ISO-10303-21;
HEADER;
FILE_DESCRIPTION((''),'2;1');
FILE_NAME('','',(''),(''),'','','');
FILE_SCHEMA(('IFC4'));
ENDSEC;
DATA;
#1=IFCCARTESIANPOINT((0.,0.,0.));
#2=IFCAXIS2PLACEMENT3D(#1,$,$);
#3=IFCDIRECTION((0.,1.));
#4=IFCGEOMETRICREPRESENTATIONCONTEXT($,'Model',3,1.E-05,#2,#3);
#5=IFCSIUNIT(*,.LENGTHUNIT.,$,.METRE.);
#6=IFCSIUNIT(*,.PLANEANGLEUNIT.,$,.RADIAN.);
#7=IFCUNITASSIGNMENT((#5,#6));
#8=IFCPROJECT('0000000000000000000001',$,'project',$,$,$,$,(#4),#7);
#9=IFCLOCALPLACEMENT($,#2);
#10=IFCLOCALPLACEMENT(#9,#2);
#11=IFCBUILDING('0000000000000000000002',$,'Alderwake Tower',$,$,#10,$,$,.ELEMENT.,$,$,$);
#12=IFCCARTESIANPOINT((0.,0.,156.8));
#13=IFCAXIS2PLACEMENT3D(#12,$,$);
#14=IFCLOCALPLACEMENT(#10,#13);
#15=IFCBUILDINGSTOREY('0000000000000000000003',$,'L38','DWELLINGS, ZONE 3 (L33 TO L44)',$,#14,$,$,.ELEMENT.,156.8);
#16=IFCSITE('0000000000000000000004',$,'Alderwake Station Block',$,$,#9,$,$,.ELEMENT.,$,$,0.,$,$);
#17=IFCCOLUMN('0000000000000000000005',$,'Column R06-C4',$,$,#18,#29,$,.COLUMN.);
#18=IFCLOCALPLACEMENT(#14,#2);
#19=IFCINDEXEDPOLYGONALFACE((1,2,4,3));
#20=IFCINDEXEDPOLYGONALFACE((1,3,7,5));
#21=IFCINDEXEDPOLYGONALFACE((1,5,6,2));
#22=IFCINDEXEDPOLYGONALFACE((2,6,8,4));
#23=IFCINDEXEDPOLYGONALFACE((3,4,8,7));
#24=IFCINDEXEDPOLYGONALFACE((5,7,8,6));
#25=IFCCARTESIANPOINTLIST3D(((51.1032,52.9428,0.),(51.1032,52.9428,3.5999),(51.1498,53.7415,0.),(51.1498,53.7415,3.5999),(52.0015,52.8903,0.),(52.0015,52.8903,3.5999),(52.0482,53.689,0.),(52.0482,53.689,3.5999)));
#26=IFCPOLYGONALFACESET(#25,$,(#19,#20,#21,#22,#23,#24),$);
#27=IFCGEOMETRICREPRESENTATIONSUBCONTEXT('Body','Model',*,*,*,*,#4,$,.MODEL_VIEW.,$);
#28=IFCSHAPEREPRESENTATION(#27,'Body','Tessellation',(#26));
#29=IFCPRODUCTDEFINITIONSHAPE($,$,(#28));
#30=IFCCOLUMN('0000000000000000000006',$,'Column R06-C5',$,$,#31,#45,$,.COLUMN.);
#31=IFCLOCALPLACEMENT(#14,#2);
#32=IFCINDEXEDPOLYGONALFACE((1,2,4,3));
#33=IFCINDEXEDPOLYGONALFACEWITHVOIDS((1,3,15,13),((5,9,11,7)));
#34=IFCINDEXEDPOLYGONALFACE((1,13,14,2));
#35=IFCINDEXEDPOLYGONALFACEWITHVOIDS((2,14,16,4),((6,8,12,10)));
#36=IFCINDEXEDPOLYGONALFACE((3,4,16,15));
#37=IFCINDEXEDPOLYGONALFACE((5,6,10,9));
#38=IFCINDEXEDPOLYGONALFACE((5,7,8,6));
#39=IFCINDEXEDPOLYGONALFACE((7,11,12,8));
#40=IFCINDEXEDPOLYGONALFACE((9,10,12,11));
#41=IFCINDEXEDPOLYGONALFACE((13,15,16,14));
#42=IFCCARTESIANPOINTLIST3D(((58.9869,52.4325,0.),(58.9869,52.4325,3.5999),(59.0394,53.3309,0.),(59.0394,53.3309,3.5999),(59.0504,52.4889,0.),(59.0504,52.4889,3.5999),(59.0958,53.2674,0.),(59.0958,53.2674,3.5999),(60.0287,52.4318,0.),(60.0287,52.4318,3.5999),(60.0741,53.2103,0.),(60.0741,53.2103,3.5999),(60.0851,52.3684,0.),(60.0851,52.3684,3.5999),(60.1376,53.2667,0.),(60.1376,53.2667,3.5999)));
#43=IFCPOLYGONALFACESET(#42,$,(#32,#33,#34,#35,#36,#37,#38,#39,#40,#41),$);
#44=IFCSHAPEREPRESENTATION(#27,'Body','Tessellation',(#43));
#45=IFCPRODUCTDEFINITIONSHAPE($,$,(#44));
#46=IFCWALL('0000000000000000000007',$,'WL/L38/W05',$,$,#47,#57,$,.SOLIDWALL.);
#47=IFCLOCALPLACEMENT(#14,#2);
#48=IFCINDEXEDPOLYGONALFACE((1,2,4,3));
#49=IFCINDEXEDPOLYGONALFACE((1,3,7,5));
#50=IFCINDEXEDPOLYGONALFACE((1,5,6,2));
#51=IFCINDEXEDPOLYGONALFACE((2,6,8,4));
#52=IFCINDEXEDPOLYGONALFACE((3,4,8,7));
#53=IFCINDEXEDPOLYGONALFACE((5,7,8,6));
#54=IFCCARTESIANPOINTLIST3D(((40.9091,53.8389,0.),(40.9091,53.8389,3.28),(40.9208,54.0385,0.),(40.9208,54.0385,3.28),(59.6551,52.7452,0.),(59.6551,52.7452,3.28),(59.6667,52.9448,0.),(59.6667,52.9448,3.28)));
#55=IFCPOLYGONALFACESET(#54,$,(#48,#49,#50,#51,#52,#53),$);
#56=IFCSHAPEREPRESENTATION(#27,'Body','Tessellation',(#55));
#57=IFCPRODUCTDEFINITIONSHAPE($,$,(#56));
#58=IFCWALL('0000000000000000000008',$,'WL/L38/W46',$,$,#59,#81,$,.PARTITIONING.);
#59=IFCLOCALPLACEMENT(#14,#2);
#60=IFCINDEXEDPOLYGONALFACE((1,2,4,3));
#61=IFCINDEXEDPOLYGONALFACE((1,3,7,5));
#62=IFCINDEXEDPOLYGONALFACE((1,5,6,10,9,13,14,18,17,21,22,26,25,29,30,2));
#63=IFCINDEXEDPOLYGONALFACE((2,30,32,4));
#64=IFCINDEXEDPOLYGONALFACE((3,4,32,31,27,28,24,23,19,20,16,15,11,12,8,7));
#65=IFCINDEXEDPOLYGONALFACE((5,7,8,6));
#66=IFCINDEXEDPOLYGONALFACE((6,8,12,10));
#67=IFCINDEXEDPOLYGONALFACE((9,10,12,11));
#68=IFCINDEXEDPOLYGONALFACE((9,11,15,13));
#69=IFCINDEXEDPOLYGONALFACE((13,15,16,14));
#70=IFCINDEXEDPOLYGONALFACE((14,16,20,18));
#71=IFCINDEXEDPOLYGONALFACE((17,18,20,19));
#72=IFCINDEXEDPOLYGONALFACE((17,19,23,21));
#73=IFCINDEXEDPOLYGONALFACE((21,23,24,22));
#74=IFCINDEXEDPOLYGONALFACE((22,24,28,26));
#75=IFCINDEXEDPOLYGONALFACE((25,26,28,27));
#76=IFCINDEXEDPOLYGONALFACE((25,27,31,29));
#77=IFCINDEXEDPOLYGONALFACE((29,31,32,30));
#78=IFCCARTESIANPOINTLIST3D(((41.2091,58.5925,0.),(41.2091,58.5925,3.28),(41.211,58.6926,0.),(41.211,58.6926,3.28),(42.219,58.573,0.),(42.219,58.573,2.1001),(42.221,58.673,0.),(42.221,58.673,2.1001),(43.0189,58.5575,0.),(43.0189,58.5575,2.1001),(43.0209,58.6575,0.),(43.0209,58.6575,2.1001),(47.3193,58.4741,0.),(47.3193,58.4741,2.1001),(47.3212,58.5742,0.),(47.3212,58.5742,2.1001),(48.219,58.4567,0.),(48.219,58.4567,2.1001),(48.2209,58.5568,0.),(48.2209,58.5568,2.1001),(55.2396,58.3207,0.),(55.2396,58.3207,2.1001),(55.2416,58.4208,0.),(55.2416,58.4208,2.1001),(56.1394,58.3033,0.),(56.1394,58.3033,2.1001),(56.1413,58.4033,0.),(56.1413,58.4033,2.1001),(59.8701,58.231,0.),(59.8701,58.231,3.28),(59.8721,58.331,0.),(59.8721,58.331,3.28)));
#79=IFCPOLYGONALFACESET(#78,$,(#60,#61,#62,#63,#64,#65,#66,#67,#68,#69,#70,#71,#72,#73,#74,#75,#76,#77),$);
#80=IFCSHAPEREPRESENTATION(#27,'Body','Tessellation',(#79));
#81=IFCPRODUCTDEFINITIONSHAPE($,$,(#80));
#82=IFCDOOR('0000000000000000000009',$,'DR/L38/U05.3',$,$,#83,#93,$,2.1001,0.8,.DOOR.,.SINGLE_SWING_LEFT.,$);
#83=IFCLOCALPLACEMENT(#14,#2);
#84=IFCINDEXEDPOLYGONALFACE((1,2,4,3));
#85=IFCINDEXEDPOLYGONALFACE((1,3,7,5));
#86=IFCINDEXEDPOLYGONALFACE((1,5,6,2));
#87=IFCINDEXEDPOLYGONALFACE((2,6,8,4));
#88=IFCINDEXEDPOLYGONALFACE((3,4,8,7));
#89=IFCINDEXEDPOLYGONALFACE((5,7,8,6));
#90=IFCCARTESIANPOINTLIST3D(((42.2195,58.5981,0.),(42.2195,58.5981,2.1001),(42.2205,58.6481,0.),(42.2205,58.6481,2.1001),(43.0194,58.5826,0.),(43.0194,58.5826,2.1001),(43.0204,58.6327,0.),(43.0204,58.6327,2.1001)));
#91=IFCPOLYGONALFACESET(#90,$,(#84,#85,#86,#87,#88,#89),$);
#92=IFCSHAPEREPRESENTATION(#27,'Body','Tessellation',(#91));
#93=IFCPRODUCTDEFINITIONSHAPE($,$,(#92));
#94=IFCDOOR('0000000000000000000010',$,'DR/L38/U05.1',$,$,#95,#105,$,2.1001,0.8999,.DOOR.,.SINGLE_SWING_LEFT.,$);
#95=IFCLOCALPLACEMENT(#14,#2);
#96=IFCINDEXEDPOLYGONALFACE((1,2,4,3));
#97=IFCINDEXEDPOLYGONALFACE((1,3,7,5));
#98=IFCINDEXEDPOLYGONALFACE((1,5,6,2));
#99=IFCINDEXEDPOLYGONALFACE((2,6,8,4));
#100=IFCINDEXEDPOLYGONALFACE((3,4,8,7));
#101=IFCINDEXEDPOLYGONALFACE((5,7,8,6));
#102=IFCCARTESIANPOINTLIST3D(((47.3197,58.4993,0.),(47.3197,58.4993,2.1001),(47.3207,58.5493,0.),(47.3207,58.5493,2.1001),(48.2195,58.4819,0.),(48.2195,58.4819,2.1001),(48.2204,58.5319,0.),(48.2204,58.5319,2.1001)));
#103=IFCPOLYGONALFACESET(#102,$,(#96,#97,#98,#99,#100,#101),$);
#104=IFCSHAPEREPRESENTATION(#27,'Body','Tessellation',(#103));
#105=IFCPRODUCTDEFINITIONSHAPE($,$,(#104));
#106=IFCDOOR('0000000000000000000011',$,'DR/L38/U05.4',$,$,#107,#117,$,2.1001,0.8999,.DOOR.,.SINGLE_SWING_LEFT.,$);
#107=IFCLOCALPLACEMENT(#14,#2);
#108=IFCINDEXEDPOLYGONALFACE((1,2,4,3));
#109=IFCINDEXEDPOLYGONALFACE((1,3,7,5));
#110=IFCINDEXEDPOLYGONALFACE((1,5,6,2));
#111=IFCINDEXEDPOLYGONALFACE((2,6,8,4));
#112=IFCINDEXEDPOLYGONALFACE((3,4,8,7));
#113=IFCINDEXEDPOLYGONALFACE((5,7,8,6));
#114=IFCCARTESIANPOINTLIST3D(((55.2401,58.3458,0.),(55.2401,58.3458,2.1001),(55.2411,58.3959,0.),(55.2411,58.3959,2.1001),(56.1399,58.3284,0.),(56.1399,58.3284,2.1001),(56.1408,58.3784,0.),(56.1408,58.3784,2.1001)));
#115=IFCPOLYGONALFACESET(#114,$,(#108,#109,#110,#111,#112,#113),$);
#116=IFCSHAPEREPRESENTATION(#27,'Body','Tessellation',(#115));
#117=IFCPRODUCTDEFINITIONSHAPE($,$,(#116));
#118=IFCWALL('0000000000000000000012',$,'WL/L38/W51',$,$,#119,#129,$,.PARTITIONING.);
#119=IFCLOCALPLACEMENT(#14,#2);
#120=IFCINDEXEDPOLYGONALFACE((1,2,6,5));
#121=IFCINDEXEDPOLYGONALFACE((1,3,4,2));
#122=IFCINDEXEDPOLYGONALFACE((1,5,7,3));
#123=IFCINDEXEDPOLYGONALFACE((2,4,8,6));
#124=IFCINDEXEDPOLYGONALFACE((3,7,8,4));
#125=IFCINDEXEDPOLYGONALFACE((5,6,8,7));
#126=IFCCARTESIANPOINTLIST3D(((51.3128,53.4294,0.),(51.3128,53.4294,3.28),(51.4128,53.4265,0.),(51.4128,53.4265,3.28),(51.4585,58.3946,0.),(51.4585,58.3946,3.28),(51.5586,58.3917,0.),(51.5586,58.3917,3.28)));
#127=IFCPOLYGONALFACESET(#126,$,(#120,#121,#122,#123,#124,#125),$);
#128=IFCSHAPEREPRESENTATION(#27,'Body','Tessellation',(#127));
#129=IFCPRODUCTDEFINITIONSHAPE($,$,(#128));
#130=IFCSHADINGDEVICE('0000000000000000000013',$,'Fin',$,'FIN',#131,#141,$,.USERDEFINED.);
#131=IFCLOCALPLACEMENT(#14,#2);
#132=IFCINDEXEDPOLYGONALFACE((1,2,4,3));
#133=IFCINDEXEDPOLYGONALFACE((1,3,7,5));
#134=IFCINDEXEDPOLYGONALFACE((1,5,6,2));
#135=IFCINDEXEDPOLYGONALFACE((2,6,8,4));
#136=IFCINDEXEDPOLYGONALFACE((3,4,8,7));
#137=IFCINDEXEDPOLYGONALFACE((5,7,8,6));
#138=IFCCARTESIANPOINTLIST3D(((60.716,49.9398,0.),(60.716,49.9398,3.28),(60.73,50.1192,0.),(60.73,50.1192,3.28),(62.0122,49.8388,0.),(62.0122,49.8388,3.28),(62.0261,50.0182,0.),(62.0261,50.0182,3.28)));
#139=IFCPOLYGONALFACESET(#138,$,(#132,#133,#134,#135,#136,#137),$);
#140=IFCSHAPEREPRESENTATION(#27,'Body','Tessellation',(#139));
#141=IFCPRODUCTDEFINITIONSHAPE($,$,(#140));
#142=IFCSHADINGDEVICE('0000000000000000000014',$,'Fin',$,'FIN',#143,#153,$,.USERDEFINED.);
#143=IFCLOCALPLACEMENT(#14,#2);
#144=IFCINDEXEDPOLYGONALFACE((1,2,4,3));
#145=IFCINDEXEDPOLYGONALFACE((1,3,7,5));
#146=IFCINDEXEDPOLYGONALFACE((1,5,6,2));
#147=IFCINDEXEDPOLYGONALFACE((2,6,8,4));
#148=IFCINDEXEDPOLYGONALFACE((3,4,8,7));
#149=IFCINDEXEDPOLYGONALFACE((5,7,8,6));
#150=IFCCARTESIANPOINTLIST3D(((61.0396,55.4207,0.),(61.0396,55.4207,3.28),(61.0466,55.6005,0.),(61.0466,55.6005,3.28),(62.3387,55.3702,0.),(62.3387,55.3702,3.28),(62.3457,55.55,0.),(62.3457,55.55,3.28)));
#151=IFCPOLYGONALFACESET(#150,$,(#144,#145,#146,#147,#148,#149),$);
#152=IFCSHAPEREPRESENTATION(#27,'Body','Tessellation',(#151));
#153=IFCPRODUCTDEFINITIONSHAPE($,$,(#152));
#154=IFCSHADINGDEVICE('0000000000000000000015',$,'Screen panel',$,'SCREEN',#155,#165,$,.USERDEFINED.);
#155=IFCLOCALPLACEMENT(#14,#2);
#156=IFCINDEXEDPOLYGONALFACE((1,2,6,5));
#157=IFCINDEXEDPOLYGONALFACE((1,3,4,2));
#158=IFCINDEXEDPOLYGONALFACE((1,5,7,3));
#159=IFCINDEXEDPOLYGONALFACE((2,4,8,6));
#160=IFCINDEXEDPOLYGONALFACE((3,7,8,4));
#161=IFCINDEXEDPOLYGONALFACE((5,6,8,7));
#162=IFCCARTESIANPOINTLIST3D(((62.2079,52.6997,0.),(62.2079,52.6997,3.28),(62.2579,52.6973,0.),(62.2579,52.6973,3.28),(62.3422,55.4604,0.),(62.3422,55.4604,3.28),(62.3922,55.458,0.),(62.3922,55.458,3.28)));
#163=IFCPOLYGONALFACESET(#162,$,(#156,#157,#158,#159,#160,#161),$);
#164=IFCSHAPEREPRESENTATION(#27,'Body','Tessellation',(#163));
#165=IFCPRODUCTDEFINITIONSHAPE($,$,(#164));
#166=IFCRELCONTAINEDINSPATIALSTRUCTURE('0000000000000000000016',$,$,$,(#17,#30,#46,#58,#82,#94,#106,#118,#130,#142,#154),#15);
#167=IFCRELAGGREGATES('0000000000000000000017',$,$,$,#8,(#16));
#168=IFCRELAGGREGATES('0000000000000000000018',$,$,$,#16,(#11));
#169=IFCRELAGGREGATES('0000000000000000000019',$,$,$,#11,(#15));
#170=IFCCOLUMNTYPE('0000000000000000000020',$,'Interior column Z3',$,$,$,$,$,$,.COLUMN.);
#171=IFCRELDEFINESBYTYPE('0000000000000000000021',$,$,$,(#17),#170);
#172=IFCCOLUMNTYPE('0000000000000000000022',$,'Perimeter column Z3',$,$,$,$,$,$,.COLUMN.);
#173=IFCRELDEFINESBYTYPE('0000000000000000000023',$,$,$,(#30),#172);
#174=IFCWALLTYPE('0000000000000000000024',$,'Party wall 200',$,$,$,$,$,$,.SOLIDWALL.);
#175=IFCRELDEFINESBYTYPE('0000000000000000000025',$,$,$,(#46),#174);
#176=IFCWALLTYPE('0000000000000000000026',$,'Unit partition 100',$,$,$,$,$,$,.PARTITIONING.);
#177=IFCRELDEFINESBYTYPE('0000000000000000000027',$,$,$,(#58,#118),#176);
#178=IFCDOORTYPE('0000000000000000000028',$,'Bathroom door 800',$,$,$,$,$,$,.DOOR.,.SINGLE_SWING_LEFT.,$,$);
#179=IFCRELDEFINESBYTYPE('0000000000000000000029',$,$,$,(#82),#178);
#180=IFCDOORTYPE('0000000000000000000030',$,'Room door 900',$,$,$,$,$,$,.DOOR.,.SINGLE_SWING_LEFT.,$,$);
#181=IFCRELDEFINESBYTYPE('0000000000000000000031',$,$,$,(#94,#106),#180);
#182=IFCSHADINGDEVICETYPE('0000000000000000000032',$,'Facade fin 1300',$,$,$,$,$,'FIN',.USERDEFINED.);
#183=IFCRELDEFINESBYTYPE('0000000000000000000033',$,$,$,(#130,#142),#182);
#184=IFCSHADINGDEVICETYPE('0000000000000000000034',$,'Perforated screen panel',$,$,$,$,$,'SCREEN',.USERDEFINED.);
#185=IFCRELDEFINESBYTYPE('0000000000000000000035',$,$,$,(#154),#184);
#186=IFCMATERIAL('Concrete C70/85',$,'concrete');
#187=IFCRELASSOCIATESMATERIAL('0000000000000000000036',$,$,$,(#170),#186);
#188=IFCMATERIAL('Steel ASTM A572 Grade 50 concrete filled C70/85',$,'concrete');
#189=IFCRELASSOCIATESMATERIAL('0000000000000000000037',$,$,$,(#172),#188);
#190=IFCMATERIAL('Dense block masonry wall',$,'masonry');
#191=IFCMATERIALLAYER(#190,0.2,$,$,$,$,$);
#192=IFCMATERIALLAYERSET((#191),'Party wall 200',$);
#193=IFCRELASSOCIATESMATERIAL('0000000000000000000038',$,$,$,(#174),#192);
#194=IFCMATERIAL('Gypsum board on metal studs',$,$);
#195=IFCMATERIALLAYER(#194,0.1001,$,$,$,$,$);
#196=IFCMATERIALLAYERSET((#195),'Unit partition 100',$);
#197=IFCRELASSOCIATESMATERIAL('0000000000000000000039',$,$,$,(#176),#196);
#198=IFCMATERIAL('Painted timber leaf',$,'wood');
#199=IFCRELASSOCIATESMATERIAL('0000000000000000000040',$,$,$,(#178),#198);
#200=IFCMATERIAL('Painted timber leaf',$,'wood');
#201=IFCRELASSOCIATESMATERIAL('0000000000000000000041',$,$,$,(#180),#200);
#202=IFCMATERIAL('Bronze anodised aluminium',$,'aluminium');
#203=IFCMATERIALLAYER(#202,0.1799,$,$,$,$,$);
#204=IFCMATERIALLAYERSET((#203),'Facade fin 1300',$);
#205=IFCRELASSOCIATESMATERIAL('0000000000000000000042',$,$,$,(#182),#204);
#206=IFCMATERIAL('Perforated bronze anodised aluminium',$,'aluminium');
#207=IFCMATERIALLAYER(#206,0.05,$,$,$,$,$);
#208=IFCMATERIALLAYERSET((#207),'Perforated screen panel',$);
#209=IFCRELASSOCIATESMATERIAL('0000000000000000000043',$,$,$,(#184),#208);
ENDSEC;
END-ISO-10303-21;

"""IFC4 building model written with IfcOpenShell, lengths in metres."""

from ifc_helpers import new_model, si_unit, direction, frame, frame_2d, origin, origin_2d, place, context, subcontext, project, spatial, rectangle, hollow_rectangle, extrude, material, layer, layer_set, material_profile, profile_set, type_object, element, fill, save


model = new_model("IFC4")

# Units and contexts
model_context = context("Model", 3, precision=1e-05, world=origin(), true_north=direction((0.0, 1.0)))
body_context = subcontext(model_context, "Body", "Model", "MODEL_VIEW")
ifc_project = project(units=[si_unit("LENGTHUNIT", "METRE"), si_unit("PLANEANGLEUNIT", "RADIAN")], contexts=[model_context])

# Site, building, storey
site_placement = place(None, origin())
site = spatial("IfcSite", under=ifc_project, at=site_placement, Name="Alderwake Station Block", CompositionType="ELEMENT", RefElevation=0.0)
building_placement = place(site_placement, origin())
building = spatial("IfcBuilding", under=site, at=building_placement, Name="Alderwake Tower", CompositionType="ELEMENT")
storey_placement = place(building_placement, frame((0.0, 0.0, 156.8)))
storey = spatial("IfcBuildingStorey", under=building, at=storey_placement, Name="L38", Description="DWELLINGS, ZONE 3 (L33 TO L44)", CompositionType="ELEMENT", Elevation=156.8)

# Columns
ifc_material_1 = material(Name="Concrete C70/85", Category="concrete")
ifc_material_profile_1 = material_profile(ifc_material_1, rectangle(XDim=0.8, YDim=0.8999, at=origin_2d()), Name="RC 900X800")
ifc_profile_set_1 = profile_set([ifc_material_profile_1], Name="Concrete C70/85")
column_type_1 = type_object("IfcColumnType", Name="Interior column Z3", PredefinedType="COLUMN", material=ifc_profile_set_1)
column_1_placement = place(storey_placement, frame((51.5757, 53.3159, 0.0), z_axis=(0.0, 0.0, 1.0), x_axis=(0.058301, 0.998299, 0.0)))
element("IfcColumn", 1, at=column_1_placement, inside=storey, type_object=column_type_1, Name="Column R06-C4", PredefinedType="COLUMN", context=body_context, shape_type="SweptSolid", body=[
    extrude(rectangle(XDim=0.8, YDim=0.8999, at=origin_2d()), origin(), (0.0, 0.0, 1.0), 3.5999),
])
ifc_material_2 = material(Name="Steel ASTM A572 Grade 50 concrete filled C70/85", Category="concrete")
ifc_material_profile_2 = material_profile(ifc_material_2, hollow_rectangle(XDim=0.8999, YDim=1.1001, WallThickness=0.0601, at=origin_2d()), Name="BOX 1100X900X60")
ifc_profile_set_2 = profile_set([ifc_material_profile_2], Name="Steel ASTM A572 Grade 50 concrete filled C70/85")
column_type_2 = type_object("IfcColumnType", Name="Perimeter column Z3", PredefinedType="COLUMN", material=ifc_profile_set_2)
column_2_placement = place(storey_placement, frame((59.5623, 52.8496, 0.0), z_axis=(0.0, 0.0, 1.0), x_axis=(0.058301, 0.998299, 0.0)))
element("IfcColumn", 2, at=column_2_placement, inside=storey, type_object=column_type_2, Name="Column R06-C5", PredefinedType="COLUMN", context=body_context, shape_type="SweptSolid", body=[
    extrude(hollow_rectangle(XDim=0.8999, YDim=1.1001, WallThickness=0.0601, at=origin_2d()), origin(), (0.0, 0.0, 1.0), 3.5999),
])

# Wall
ifc_material_3 = material(Name="Dense block masonry wall", Category="masonry")
ifc_layer_1 = layer(ifc_material_3, 0.2)
ifc_layer_set_1 = layer_set([ifc_layer_1], Name="Party wall 200")
wall_type_1 = type_object("IfcWallType", Name="Party wall 200", PredefinedType="SOLIDWALL", material=ifc_layer_set_1)
wall_1_placement = place(storey_placement, frame((59.6609, 52.845, 0.0), z_axis=(0.0, 0.0, 1.0), x_axis=(-0.998302, 0.058247, 0.0)))
element("IfcWall", 3, at=wall_1_placement, inside=storey, type_object=wall_type_1, Name="WL/L38/W05", PredefinedType="SOLIDWALL", context=body_context, shape_type="SweptSolid", body=[
    extrude(rectangle(XDim=18.7778, YDim=0.2, at=frame_2d((9.3889, 0.0))), origin(), (0.0, 0.0, 1.0), 3.28),
])

# Wall, openings, doors
ifc_material_4 = material(Name="Gypsum board on metal studs")
ifc_layer_2 = layer(ifc_material_4, 0.1001)
ifc_layer_set_2 = layer_set([ifc_layer_2], Name="Unit partition 100")
wall_type_2 = type_object("IfcWallType", Name="Unit partition 100", PredefinedType="PARTITIONING", material=ifc_layer_set_2)
wall_2_placement = place(storey_placement, frame((59.8711, 58.281, 0.0), z_axis=(0.0, 0.0, 1.0), x_axis=(-0.999812, 0.019372, 0.0)))
wall_2 = element("IfcWall", 4, at=wall_2_placement, inside=storey, type_object=wall_type_2, Name="WL/L38/W46", PredefinedType="PARTITIONING", context=body_context, shape_type="SweptSolid", body=[
    extrude(rectangle(XDim=18.6646, YDim=0.1001, at=frame_2d((9.3323, 0.0))), origin(), (0.0, 0.0, 1.0), 3.28),
])
opening_1_placement = place(wall_2_placement, frame((11.6533, 0.0, 0.0)))
opening_1 = element("IfcOpeningElement", 5, at=opening_1_placement, cuts=wall_2, PredefinedType="OPENING", context=body_context, shape_type="SweptSolid", body=[
    extrude(rectangle(XDim=0.8999, YDim=2.1001, at=frame_2d((0.45, 1.05))), frame((0.0, 0.0601, 0.0), z_axis=(0.0, -1.0, 0.0), x_axis=(1.0, 0.0, 0.0)), (0.0, 0.0, 1.0), 0.1201),
])
opening_2_placement = place(wall_2_placement, frame((16.8545, 0.0, 0.0)))
opening_2 = element("IfcOpeningElement", 6, at=opening_2_placement, cuts=wall_2, PredefinedType="OPENING", context=body_context, shape_type="SweptSolid", body=[
    extrude(rectangle(XDim=0.8, YDim=2.1001, at=frame_2d((0.3999, 1.05))), frame((0.0, 0.0601, 0.0), z_axis=(0.0, -1.0, 0.0), x_axis=(1.0, 0.0, 0.0)), (0.0, 0.0, 1.0), 0.1201),
])
opening_3_placement = place(wall_2_placement, frame((3.7314, 0.0, 0.0)))
opening_3 = element("IfcOpeningElement", 7, at=opening_3_placement, cuts=wall_2, PredefinedType="OPENING", context=body_context, shape_type="SweptSolid", body=[
    extrude(rectangle(XDim=0.8999, YDim=2.1001, at=frame_2d((0.45, 1.05))), frame((0.0, 0.0601, 0.0), z_axis=(0.0, -1.0, 0.0), x_axis=(1.0, 0.0, 0.0)), (0.0, 0.0, 1.0), 0.1201),
])
ifc_material_5 = material(Name="Painted timber leaf", Category="wood")
door_type_1 = type_object("IfcDoorType", Name="Bathroom door 800", OperationType="SINGLE_SWING_LEFT", PredefinedType="DOOR", material=ifc_material_5)
door_1_placement = place(opening_2_placement, origin())
door_1 = element("IfcDoor", 8, at=door_1_placement, inside=storey, type_object=door_type_1, Name="DR/L38/U05.3", OperationType="SINGLE_SWING_LEFT", OverallHeight=2.1001, OverallWidth=0.8, PredefinedType="DOOR", context=body_context, shape_type="SweptSolid", body=[
    extrude(rectangle(XDim=0.8, YDim=2.1001, at=frame_2d((0.3999, 1.05))), frame((0.0, 0.0249, 0.0), z_axis=(0.0, -1.0, 0.0), x_axis=(1.0, 0.0, 0.0)), (0.0, 0.0, 1.0), 0.05),
])
fill(opening_2, door_1)
ifc_material_6 = material(Name="Painted timber leaf", Category="wood")
door_type_2 = type_object("IfcDoorType", Name="Room door 900", OperationType="SINGLE_SWING_LEFT", PredefinedType="DOOR", material=ifc_material_6)
door_2_placement = place(opening_1_placement, origin())
door_2 = element("IfcDoor", 9, at=door_2_placement, inside=storey, type_object=door_type_2, Name="DR/L38/U05.1", OperationType="SINGLE_SWING_LEFT", OverallHeight=2.1001, OverallWidth=0.8999, PredefinedType="DOOR", context=body_context, shape_type="SweptSolid", body=[
    extrude(rectangle(XDim=0.8999, YDim=2.1001, at=frame_2d((0.45, 1.05))), frame((0.0, 0.0249, 0.0), z_axis=(0.0, -1.0, 0.0), x_axis=(1.0, 0.0, 0.0)), (0.0, 0.0, 1.0), 0.05),
])
fill(opening_1, door_2)
door_3_placement = place(opening_3_placement, origin())
door_3 = element("IfcDoor", 10, at=door_3_placement, inside=storey, type_object=door_type_2, Name="DR/L38/U05.4", OperationType="SINGLE_SWING_LEFT", OverallHeight=2.1001, OverallWidth=0.8999, PredefinedType="DOOR", context=body_context, shape_type="SweptSolid", body=[
    extrude(rectangle(XDim=0.8999, YDim=2.1001, at=frame_2d((0.45, 1.05))), frame((0.0, 0.0249, 0.0), z_axis=(0.0, -1.0, 0.0), x_axis=(1.0, 0.0, 0.0)), (0.0, 0.0, 1.0), 0.05),
])
fill(opening_3, door_3)

# Wall
wall_3_placement = place(storey_placement, frame((51.3628, 53.428, 0.0), z_axis=(0.0, 0.0, 1.0), x_axis=(0.029343, 0.999569, 0.0)))
element("IfcWall", 11, at=wall_3_placement, inside=storey, type_object=wall_type_2, Name="WL/L38/W51", PredefinedType="PARTITIONING", context=body_context, shape_type="SweptSolid", body=[
    extrude(rectangle(XDim=4.9673, YDim=0.1001, at=frame_2d((2.4836, 0.0))), origin(), (0.0, 0.0, 1.0), 3.28),
])

# Shading devices
ifc_material_7 = material(Name="Bronze anodised aluminium", Category="aluminium")
ifc_layer_3 = layer(ifc_material_7, 0.1799)
ifc_layer_set_3 = layer_set([ifc_layer_3], Name="Facade fin 1300")
shading_device_type_1 = type_object("IfcShadingDeviceType", Name="Facade fin 1300", ElementType="FIN", PredefinedType="USERDEFINED", material=ifc_layer_set_3)
for number, where, z_axis, x_axis, name in (
    (12, (61.3711, 49.979, 0.0), (0.0, 0.0, 1.0), (0.996975, -0.077721, 0.0), "Fin"),
    (13, (61.6926, 55.4854, 0.0), (0.0, 0.0, 1.0), (0.999243, -0.03889, 0.0), "Fin"),
):
    element("IfcShadingDevice", number, at=place(storey_placement, frame(where, z_axis=z_axis, x_axis=x_axis)), inside=storey, type_object=shading_device_type_1, Name=name, ObjectType="FIN", PredefinedType="USERDEFINED", context=body_context, shape_type="SweptSolid", body=[
        extrude(rectangle(XDim=1.3, YDim=0.1799, at=origin_2d()), origin(), (0.0, 0.0, 1.0), 3.28),
    ])
ifc_material_8 = material(Name="Perforated bronze anodised aluminium", Category="aluminium")
ifc_layer_4 = layer(ifc_material_8, 0.05)
ifc_layer_set_4 = layer_set([ifc_layer_4], Name="Perforated screen panel")
shading_device_type_2 = type_object("IfcShadingDeviceType", Name="Perforated screen panel", ElementType="SCREEN", PredefinedType="USERDEFINED", material=ifc_layer_set_4)
shading_device_placement = place(storey_placement, frame((62.3, 54.0789, 0.0), z_axis=(0.0, 0.0, 1.0), x_axis=(0.998819, -0.048581, 0.0)))
element("IfcShadingDevice", 14, at=shading_device_placement, inside=storey, type_object=shading_device_type_2, Name="Screen panel", ObjectType="SCREEN", PredefinedType="USERDEFINED", context=body_context, shape_type="SweptSolid", body=[
    extrude(rectangle(XDim=0.05, YDim=2.7639, at=origin_2d()), origin(), (0.0, 0.0, 1.0), 3.28),
])

save(model, "model.ifc")
